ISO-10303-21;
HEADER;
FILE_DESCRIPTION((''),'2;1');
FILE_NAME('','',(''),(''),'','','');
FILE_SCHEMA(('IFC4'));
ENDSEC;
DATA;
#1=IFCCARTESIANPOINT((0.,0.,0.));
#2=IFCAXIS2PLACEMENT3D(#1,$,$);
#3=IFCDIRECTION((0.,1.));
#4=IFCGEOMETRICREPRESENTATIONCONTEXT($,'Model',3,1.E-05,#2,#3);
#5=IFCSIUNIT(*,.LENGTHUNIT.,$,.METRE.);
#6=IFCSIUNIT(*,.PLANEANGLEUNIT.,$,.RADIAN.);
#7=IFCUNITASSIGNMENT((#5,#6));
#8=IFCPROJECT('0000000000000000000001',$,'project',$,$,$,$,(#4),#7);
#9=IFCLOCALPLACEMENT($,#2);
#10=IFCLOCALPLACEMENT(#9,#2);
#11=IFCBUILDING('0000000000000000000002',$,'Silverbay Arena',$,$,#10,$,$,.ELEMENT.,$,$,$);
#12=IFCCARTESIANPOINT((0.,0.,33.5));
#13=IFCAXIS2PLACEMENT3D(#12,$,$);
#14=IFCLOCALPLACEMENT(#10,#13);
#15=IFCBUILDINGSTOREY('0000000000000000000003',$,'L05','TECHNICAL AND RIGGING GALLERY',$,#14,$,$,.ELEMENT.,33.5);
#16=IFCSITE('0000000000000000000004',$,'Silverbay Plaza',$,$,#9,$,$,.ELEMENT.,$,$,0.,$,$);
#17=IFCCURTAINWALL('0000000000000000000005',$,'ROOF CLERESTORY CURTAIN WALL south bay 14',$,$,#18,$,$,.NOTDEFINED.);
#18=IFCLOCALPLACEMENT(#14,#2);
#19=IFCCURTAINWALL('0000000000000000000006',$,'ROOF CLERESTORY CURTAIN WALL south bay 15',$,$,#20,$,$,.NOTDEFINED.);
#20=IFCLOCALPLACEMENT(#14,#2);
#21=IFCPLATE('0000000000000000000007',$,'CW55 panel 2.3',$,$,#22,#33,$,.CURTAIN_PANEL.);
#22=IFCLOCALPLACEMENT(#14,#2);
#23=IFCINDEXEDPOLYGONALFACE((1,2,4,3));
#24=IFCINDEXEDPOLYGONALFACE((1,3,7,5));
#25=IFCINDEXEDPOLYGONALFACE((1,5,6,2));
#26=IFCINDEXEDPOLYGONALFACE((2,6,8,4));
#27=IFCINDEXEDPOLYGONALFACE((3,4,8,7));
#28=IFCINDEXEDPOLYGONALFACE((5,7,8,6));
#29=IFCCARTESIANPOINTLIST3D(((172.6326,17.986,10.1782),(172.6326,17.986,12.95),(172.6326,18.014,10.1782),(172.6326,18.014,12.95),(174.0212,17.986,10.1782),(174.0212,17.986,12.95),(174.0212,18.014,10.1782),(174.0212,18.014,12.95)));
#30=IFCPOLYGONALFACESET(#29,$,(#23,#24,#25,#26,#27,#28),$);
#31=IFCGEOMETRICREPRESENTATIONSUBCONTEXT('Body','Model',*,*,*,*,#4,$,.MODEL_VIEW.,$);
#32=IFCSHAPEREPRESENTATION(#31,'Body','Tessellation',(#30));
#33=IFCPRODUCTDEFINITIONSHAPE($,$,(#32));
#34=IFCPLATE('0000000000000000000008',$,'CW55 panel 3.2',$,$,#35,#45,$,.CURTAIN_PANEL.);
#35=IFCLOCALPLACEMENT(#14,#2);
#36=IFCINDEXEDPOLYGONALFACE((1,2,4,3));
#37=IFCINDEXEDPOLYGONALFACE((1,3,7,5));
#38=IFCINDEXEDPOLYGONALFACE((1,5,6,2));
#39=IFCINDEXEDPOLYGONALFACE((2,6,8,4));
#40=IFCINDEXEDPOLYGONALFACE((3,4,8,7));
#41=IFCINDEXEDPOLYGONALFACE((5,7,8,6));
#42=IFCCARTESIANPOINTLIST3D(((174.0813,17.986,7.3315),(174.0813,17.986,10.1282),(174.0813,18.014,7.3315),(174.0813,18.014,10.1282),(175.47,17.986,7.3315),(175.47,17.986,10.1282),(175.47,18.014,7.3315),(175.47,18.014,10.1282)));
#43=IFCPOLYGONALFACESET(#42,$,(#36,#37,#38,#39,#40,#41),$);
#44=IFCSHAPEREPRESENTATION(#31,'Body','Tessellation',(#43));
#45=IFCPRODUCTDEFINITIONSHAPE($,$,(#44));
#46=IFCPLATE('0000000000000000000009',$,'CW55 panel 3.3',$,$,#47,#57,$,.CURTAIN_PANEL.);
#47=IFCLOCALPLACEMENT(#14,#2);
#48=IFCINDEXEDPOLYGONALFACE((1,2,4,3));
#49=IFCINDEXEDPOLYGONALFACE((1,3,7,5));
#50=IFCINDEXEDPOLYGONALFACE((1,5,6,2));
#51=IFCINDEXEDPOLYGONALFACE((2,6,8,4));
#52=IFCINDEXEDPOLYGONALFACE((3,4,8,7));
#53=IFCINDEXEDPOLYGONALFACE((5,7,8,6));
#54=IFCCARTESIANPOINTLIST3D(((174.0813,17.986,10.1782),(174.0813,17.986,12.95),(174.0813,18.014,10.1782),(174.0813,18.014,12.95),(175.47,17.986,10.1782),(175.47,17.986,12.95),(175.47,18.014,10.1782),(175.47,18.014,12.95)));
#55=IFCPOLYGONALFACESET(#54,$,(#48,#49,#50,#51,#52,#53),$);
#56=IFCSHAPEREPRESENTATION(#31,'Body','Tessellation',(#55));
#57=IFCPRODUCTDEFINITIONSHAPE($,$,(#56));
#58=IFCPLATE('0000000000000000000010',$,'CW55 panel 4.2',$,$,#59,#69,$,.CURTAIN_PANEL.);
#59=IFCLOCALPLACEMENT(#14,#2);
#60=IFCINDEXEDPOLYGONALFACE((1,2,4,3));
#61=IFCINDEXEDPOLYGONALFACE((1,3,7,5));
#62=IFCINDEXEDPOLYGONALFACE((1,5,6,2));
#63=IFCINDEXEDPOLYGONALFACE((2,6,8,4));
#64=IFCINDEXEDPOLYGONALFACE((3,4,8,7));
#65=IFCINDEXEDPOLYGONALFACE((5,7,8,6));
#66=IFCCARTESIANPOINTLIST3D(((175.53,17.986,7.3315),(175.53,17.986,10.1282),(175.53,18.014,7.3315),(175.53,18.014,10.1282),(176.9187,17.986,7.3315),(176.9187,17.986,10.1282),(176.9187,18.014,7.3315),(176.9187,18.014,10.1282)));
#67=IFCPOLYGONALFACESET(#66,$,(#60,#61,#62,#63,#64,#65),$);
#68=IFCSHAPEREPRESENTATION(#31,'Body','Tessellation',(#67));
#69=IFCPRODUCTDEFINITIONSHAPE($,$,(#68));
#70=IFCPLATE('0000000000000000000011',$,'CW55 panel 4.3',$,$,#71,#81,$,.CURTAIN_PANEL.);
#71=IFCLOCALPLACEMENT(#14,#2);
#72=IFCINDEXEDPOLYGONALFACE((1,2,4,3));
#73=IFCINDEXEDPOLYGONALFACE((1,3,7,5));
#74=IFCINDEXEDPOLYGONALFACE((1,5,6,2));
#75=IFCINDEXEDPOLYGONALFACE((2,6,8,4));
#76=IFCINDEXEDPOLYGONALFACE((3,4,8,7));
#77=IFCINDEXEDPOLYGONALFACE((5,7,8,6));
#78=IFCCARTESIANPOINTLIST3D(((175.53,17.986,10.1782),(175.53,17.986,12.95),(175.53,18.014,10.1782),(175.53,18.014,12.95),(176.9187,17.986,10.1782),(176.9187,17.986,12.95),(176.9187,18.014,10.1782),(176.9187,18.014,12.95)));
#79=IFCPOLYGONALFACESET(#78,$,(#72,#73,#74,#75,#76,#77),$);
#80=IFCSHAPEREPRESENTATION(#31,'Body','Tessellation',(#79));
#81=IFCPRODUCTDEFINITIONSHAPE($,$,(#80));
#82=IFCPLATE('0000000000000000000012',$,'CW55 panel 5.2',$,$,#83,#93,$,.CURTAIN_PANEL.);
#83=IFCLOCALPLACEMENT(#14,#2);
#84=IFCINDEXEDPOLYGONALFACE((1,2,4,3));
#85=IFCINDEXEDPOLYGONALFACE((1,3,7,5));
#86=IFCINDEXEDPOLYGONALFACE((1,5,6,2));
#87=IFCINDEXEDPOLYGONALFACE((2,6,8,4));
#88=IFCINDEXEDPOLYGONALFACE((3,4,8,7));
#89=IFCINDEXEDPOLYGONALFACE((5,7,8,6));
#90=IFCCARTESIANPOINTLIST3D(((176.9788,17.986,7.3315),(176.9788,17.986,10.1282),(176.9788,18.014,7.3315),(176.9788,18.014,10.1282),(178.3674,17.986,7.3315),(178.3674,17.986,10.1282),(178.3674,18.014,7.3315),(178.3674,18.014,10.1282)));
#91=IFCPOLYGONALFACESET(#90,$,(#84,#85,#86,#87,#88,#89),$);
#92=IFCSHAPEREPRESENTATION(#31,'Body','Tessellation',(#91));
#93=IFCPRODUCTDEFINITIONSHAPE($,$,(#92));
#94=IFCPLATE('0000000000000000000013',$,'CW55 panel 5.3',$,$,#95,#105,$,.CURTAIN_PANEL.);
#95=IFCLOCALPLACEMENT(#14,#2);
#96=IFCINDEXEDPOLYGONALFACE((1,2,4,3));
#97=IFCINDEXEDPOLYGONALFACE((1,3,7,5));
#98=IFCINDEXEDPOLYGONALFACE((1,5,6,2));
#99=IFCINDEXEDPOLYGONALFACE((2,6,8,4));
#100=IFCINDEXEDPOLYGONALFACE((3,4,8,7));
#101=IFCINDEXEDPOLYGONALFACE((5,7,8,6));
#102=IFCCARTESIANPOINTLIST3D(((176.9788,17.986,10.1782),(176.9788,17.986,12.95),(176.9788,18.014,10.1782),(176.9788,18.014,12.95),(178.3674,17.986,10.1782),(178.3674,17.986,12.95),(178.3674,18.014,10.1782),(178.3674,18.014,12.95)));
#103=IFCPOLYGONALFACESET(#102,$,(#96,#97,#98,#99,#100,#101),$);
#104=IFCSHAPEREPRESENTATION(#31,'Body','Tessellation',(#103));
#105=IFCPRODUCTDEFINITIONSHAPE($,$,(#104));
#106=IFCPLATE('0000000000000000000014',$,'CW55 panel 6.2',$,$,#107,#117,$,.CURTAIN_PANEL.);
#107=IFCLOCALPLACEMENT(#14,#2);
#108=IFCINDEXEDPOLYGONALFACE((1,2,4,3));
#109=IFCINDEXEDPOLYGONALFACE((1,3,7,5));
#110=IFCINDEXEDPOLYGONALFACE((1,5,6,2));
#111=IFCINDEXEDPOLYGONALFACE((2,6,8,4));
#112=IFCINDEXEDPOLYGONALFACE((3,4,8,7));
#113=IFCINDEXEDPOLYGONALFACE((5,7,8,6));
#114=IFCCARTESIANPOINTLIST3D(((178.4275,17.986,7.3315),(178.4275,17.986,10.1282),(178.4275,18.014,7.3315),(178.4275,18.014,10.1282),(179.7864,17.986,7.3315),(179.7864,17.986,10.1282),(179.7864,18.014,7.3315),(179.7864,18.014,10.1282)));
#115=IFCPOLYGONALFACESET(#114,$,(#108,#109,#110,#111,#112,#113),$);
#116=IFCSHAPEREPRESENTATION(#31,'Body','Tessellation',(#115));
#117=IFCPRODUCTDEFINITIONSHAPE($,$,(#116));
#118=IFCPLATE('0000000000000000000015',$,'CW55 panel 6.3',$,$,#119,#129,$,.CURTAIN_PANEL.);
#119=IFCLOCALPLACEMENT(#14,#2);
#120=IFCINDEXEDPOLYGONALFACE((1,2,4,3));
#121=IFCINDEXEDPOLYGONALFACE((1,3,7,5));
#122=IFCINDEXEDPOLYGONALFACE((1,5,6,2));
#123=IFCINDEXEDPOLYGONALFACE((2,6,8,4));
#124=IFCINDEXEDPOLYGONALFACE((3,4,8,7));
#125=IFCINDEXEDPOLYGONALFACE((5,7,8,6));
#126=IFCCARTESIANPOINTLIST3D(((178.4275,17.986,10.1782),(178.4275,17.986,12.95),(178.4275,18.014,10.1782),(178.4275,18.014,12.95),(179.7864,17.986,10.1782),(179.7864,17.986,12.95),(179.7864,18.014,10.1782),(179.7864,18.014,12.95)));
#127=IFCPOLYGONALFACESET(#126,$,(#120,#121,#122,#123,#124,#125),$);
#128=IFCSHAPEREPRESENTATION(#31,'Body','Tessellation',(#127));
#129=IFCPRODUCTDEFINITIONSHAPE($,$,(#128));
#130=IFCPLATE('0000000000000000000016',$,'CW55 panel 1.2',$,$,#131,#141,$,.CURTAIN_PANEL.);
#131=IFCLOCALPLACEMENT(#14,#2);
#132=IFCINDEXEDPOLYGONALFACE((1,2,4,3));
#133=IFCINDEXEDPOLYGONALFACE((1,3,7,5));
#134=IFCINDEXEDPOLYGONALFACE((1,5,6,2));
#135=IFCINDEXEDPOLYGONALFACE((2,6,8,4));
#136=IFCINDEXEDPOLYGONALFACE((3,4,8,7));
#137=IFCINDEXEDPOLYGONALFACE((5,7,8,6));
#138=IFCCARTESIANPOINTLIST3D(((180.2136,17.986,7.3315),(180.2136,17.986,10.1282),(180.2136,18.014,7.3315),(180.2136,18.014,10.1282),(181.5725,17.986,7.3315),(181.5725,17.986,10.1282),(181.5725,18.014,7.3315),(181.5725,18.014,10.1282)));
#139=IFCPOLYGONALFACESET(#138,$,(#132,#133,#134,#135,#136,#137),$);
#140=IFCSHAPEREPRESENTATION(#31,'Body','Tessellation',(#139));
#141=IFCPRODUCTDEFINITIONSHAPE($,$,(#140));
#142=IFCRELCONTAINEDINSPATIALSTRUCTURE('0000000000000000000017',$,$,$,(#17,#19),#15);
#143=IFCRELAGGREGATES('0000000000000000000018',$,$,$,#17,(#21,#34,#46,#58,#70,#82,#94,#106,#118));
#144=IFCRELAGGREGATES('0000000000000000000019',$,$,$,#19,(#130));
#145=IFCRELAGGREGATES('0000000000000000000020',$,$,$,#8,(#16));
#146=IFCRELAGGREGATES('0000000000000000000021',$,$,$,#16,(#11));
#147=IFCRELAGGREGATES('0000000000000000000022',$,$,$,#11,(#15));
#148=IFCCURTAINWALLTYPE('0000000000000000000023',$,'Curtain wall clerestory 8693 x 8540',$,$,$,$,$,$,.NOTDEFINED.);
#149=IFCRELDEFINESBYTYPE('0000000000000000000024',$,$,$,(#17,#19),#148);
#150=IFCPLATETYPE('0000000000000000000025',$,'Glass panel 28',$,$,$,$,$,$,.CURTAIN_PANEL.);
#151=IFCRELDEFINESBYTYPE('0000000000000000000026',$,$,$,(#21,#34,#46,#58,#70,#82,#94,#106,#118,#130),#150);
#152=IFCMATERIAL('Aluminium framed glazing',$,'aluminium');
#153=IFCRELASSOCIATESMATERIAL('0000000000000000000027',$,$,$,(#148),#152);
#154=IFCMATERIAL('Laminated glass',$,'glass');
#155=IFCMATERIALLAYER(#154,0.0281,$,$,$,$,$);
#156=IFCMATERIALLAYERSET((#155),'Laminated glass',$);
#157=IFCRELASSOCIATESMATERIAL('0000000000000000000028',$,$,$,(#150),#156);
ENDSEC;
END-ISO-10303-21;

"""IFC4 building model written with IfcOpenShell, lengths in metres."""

from ifc_helpers import new_model, si_unit, direction, frame, origin, origin_2d, place, context, subcontext, project, spatial, rectangle, extrude, material, layer, layer_set, type_object, element, aggregate, save


model = new_model("IFC4")

# Units and contexts
model_context = context("Model", 3, precision=1e-05, world=origin(), true_north=direction((0.0, 1.0)))
body_context = subcontext(model_context, "Body", "Model", "MODEL_VIEW")
ifc_project = project(units=[si_unit("LENGTHUNIT", "METRE"), si_unit("PLANEANGLEUNIT", "RADIAN")], contexts=[model_context])

# Site, building, storey
site_placement = place(None, origin())
site = spatial("IfcSite", under=ifc_project, at=site_placement, Name="Silverbay Plaza", CompositionType="ELEMENT", RefElevation=0.0)
building_placement = place(site_placement, origin())
building = spatial("IfcBuilding", under=site, at=building_placement, Name="Silverbay Arena", CompositionType="ELEMENT")
storey_placement = place(building_placement, frame((0.0, 0.0, 33.5)))
storey = spatial("IfcBuildingStorey", under=building, at=storey_placement, Name="L05", Description="TECHNICAL AND RIGGING GALLERY", CompositionType="ELEMENT", Elevation=33.5)

# Curtain walls
ifc_material_1 = material(Name="Aluminium framed glazing", Category="aluminium")
curtain_wall_type = type_object("IfcCurtainWallType", Name="Curtain wall clerestory 8693 x 8540", PredefinedType="NOTDEFINED", material=ifc_material_1)
curtain_wall_1_placement = place(storey_placement, origin())
curtain_wall_1 = element("IfcCurtainWall", 1, at=curtain_wall_1_placement, inside=storey, type_object=curtain_wall_type, Name="ROOF CLERESTORY CURTAIN WALL south bay 14", PredefinedType="NOTDEFINED")
curtain_wall_2_placement = place(storey_placement, origin())
curtain_wall_2 = element("IfcCurtainWall", 2, at=curtain_wall_2_placement, inside=storey, type_object=curtain_wall_type, Name="ROOF CLERESTORY CURTAIN WALL south bay 15", PredefinedType="NOTDEFINED")

# Plates
ifc_material_2 = material(Name="Laminated glass", Category="glass")
ifc_layer = layer(ifc_material_2, 0.0281)
ifc_layer_set = layer_set([ifc_layer], Name="Laminated glass")
plate_type = type_object("IfcPlateType", Name="Glass panel 28", PredefinedType="CURTAIN_PANEL", material=ifc_layer_set)
plate_1_placement = place(storey_placement, frame((173.3269, 18.0, 10.1782), z_axis=(0.0, 0.0, 1.0), x_axis=(1.0, 0.0, 0.0)))
plate_1 = element("IfcPlate", 3, at=plate_1_placement, type_object=plate_type, Name="CW55 panel 2.3", PredefinedType="CURTAIN_PANEL", context=body_context, shape_type="SweptSolid", body=[
    extrude(rectangle(XDim=1.3887, YDim=0.0281, at=origin_2d()), origin(), (0.0, 0.0, 1.0), 2.7717),
])
plate_2_placement = place(storey_placement, frame((174.7756, 18.0, 7.3315), z_axis=(0.0, 0.0, 1.0), x_axis=(1.0, 0.0, 0.0)))
plate_2 = element("IfcPlate", 4, at=plate_2_placement, type_object=plate_type, Name="CW55 panel 3.2", PredefinedType="CURTAIN_PANEL", context=body_context, shape_type="SweptSolid", body=[
    extrude(rectangle(XDim=1.3887, YDim=0.0281, at=origin_2d()), origin(), (0.0, 0.0, 1.0), 2.7966),
])
plate_3_placement = place(storey_placement, frame((174.7756, 18.0, 10.1782), z_axis=(0.0, 0.0, 1.0), x_axis=(1.0, 0.0, 0.0)))
plate_3 = element("IfcPlate", 5, at=plate_3_placement, type_object=plate_type, Name="CW55 panel 3.3", PredefinedType="CURTAIN_PANEL", context=body_context, shape_type="SweptSolid", body=[
    extrude(rectangle(XDim=1.3887, YDim=0.0281, at=origin_2d()), origin(), (0.0, 0.0, 1.0), 2.7717),
])
plate_4_placement = place(storey_placement, frame((176.2244, 18.0, 7.3315), z_axis=(0.0, 0.0, 1.0), x_axis=(1.0, 0.0, 0.0)))
plate_4 = element("IfcPlate", 6, at=plate_4_placement, type_object=plate_type, Name="CW55 panel 4.2", PredefinedType="CURTAIN_PANEL", context=body_context, shape_type="SweptSolid", body=[
    extrude(rectangle(XDim=1.3887, YDim=0.0281, at=origin_2d()), origin(), (0.0, 0.0, 1.0), 2.7966),
])
plate_5_placement = place(storey_placement, frame((176.2244, 18.0, 10.1782), z_axis=(0.0, 0.0, 1.0), x_axis=(1.0, 0.0, 0.0)))
plate_5 = element("IfcPlate", 7, at=plate_5_placement, type_object=plate_type, Name="CW55 panel 4.3", PredefinedType="CURTAIN_PANEL", context=body_context, shape_type="SweptSolid", body=[
    extrude(rectangle(XDim=1.3887, YDim=0.0281, at=origin_2d()), origin(), (0.0, 0.0, 1.0), 2.7717),
])
plate_6_placement = place(storey_placement, frame((177.6731, 18.0, 7.3315), z_axis=(0.0, 0.0, 1.0), x_axis=(1.0, 0.0, 0.0)))
plate_6 = element("IfcPlate", 8, at=plate_6_placement, type_object=plate_type, Name="CW55 panel 5.2", PredefinedType="CURTAIN_PANEL", context=body_context, shape_type="SweptSolid", body=[
    extrude(rectangle(XDim=1.3887, YDim=0.0281, at=origin_2d()), origin(), (0.0, 0.0, 1.0), 2.7966),
])
plate_7_placement = place(storey_placement, frame((177.6731, 18.0, 10.1782), z_axis=(0.0, 0.0, 1.0), x_axis=(1.0, 0.0, 0.0)))
plate_7 = element("IfcPlate", 9, at=plate_7_placement, type_object=plate_type, Name="CW55 panel 5.3", PredefinedType="CURTAIN_PANEL", context=body_context, shape_type="SweptSolid", body=[
    extrude(rectangle(XDim=1.3887, YDim=0.0281, at=origin_2d()), origin(), (0.0, 0.0, 1.0), 2.7717),
])
plate_8_placement = place(storey_placement, frame((179.1069, 18.0, 7.3315), z_axis=(0.0, 0.0, 1.0), x_axis=(1.0, 0.0, 0.0)))
plate_8 = element("IfcPlate", 10, at=plate_8_placement, type_object=plate_type, Name="CW55 panel 6.2", PredefinedType="CURTAIN_PANEL", context=body_context, shape_type="SweptSolid", body=[
    extrude(rectangle(XDim=1.3589, YDim=0.0281, at=origin_2d()), origin(), (0.0, 0.0, 1.0), 2.7966),
])
plate_9_placement = place(storey_placement, frame((179.1069, 18.0, 10.1782), z_axis=(0.0, 0.0, 1.0), x_axis=(1.0, 0.0, 0.0)))
plate_9 = element("IfcPlate", 11, at=plate_9_placement, type_object=plate_type, Name="CW55 panel 6.3", PredefinedType="CURTAIN_PANEL", context=body_context, shape_type="SweptSolid", body=[
    extrude(rectangle(XDim=1.3589, YDim=0.0281, at=origin_2d()), origin(), (0.0, 0.0, 1.0), 2.7717),
])
aggregate(curtain_wall_1, [plate_1, plate_2, plate_3, plate_4, plate_5, plate_6, plate_7, plate_8, plate_9])
plate_10_placement = place(storey_placement, frame((180.8931, 18.0, 7.3315), z_axis=(0.0, 0.0, 1.0), x_axis=(1.0, 0.0, 0.0)))
plate_10 = element("IfcPlate", 12, at=plate_10_placement, type_object=plate_type, Name="CW55 panel 1.2", PredefinedType="CURTAIN_PANEL", context=body_context, shape_type="SweptSolid", body=[
    extrude(rectangle(XDim=1.3589, YDim=0.0281, at=origin_2d()), origin(), (0.0, 0.0, 1.0), 2.7966),
])
aggregate(curtain_wall_2, [plate_10])

save(model, "model.ifc")
